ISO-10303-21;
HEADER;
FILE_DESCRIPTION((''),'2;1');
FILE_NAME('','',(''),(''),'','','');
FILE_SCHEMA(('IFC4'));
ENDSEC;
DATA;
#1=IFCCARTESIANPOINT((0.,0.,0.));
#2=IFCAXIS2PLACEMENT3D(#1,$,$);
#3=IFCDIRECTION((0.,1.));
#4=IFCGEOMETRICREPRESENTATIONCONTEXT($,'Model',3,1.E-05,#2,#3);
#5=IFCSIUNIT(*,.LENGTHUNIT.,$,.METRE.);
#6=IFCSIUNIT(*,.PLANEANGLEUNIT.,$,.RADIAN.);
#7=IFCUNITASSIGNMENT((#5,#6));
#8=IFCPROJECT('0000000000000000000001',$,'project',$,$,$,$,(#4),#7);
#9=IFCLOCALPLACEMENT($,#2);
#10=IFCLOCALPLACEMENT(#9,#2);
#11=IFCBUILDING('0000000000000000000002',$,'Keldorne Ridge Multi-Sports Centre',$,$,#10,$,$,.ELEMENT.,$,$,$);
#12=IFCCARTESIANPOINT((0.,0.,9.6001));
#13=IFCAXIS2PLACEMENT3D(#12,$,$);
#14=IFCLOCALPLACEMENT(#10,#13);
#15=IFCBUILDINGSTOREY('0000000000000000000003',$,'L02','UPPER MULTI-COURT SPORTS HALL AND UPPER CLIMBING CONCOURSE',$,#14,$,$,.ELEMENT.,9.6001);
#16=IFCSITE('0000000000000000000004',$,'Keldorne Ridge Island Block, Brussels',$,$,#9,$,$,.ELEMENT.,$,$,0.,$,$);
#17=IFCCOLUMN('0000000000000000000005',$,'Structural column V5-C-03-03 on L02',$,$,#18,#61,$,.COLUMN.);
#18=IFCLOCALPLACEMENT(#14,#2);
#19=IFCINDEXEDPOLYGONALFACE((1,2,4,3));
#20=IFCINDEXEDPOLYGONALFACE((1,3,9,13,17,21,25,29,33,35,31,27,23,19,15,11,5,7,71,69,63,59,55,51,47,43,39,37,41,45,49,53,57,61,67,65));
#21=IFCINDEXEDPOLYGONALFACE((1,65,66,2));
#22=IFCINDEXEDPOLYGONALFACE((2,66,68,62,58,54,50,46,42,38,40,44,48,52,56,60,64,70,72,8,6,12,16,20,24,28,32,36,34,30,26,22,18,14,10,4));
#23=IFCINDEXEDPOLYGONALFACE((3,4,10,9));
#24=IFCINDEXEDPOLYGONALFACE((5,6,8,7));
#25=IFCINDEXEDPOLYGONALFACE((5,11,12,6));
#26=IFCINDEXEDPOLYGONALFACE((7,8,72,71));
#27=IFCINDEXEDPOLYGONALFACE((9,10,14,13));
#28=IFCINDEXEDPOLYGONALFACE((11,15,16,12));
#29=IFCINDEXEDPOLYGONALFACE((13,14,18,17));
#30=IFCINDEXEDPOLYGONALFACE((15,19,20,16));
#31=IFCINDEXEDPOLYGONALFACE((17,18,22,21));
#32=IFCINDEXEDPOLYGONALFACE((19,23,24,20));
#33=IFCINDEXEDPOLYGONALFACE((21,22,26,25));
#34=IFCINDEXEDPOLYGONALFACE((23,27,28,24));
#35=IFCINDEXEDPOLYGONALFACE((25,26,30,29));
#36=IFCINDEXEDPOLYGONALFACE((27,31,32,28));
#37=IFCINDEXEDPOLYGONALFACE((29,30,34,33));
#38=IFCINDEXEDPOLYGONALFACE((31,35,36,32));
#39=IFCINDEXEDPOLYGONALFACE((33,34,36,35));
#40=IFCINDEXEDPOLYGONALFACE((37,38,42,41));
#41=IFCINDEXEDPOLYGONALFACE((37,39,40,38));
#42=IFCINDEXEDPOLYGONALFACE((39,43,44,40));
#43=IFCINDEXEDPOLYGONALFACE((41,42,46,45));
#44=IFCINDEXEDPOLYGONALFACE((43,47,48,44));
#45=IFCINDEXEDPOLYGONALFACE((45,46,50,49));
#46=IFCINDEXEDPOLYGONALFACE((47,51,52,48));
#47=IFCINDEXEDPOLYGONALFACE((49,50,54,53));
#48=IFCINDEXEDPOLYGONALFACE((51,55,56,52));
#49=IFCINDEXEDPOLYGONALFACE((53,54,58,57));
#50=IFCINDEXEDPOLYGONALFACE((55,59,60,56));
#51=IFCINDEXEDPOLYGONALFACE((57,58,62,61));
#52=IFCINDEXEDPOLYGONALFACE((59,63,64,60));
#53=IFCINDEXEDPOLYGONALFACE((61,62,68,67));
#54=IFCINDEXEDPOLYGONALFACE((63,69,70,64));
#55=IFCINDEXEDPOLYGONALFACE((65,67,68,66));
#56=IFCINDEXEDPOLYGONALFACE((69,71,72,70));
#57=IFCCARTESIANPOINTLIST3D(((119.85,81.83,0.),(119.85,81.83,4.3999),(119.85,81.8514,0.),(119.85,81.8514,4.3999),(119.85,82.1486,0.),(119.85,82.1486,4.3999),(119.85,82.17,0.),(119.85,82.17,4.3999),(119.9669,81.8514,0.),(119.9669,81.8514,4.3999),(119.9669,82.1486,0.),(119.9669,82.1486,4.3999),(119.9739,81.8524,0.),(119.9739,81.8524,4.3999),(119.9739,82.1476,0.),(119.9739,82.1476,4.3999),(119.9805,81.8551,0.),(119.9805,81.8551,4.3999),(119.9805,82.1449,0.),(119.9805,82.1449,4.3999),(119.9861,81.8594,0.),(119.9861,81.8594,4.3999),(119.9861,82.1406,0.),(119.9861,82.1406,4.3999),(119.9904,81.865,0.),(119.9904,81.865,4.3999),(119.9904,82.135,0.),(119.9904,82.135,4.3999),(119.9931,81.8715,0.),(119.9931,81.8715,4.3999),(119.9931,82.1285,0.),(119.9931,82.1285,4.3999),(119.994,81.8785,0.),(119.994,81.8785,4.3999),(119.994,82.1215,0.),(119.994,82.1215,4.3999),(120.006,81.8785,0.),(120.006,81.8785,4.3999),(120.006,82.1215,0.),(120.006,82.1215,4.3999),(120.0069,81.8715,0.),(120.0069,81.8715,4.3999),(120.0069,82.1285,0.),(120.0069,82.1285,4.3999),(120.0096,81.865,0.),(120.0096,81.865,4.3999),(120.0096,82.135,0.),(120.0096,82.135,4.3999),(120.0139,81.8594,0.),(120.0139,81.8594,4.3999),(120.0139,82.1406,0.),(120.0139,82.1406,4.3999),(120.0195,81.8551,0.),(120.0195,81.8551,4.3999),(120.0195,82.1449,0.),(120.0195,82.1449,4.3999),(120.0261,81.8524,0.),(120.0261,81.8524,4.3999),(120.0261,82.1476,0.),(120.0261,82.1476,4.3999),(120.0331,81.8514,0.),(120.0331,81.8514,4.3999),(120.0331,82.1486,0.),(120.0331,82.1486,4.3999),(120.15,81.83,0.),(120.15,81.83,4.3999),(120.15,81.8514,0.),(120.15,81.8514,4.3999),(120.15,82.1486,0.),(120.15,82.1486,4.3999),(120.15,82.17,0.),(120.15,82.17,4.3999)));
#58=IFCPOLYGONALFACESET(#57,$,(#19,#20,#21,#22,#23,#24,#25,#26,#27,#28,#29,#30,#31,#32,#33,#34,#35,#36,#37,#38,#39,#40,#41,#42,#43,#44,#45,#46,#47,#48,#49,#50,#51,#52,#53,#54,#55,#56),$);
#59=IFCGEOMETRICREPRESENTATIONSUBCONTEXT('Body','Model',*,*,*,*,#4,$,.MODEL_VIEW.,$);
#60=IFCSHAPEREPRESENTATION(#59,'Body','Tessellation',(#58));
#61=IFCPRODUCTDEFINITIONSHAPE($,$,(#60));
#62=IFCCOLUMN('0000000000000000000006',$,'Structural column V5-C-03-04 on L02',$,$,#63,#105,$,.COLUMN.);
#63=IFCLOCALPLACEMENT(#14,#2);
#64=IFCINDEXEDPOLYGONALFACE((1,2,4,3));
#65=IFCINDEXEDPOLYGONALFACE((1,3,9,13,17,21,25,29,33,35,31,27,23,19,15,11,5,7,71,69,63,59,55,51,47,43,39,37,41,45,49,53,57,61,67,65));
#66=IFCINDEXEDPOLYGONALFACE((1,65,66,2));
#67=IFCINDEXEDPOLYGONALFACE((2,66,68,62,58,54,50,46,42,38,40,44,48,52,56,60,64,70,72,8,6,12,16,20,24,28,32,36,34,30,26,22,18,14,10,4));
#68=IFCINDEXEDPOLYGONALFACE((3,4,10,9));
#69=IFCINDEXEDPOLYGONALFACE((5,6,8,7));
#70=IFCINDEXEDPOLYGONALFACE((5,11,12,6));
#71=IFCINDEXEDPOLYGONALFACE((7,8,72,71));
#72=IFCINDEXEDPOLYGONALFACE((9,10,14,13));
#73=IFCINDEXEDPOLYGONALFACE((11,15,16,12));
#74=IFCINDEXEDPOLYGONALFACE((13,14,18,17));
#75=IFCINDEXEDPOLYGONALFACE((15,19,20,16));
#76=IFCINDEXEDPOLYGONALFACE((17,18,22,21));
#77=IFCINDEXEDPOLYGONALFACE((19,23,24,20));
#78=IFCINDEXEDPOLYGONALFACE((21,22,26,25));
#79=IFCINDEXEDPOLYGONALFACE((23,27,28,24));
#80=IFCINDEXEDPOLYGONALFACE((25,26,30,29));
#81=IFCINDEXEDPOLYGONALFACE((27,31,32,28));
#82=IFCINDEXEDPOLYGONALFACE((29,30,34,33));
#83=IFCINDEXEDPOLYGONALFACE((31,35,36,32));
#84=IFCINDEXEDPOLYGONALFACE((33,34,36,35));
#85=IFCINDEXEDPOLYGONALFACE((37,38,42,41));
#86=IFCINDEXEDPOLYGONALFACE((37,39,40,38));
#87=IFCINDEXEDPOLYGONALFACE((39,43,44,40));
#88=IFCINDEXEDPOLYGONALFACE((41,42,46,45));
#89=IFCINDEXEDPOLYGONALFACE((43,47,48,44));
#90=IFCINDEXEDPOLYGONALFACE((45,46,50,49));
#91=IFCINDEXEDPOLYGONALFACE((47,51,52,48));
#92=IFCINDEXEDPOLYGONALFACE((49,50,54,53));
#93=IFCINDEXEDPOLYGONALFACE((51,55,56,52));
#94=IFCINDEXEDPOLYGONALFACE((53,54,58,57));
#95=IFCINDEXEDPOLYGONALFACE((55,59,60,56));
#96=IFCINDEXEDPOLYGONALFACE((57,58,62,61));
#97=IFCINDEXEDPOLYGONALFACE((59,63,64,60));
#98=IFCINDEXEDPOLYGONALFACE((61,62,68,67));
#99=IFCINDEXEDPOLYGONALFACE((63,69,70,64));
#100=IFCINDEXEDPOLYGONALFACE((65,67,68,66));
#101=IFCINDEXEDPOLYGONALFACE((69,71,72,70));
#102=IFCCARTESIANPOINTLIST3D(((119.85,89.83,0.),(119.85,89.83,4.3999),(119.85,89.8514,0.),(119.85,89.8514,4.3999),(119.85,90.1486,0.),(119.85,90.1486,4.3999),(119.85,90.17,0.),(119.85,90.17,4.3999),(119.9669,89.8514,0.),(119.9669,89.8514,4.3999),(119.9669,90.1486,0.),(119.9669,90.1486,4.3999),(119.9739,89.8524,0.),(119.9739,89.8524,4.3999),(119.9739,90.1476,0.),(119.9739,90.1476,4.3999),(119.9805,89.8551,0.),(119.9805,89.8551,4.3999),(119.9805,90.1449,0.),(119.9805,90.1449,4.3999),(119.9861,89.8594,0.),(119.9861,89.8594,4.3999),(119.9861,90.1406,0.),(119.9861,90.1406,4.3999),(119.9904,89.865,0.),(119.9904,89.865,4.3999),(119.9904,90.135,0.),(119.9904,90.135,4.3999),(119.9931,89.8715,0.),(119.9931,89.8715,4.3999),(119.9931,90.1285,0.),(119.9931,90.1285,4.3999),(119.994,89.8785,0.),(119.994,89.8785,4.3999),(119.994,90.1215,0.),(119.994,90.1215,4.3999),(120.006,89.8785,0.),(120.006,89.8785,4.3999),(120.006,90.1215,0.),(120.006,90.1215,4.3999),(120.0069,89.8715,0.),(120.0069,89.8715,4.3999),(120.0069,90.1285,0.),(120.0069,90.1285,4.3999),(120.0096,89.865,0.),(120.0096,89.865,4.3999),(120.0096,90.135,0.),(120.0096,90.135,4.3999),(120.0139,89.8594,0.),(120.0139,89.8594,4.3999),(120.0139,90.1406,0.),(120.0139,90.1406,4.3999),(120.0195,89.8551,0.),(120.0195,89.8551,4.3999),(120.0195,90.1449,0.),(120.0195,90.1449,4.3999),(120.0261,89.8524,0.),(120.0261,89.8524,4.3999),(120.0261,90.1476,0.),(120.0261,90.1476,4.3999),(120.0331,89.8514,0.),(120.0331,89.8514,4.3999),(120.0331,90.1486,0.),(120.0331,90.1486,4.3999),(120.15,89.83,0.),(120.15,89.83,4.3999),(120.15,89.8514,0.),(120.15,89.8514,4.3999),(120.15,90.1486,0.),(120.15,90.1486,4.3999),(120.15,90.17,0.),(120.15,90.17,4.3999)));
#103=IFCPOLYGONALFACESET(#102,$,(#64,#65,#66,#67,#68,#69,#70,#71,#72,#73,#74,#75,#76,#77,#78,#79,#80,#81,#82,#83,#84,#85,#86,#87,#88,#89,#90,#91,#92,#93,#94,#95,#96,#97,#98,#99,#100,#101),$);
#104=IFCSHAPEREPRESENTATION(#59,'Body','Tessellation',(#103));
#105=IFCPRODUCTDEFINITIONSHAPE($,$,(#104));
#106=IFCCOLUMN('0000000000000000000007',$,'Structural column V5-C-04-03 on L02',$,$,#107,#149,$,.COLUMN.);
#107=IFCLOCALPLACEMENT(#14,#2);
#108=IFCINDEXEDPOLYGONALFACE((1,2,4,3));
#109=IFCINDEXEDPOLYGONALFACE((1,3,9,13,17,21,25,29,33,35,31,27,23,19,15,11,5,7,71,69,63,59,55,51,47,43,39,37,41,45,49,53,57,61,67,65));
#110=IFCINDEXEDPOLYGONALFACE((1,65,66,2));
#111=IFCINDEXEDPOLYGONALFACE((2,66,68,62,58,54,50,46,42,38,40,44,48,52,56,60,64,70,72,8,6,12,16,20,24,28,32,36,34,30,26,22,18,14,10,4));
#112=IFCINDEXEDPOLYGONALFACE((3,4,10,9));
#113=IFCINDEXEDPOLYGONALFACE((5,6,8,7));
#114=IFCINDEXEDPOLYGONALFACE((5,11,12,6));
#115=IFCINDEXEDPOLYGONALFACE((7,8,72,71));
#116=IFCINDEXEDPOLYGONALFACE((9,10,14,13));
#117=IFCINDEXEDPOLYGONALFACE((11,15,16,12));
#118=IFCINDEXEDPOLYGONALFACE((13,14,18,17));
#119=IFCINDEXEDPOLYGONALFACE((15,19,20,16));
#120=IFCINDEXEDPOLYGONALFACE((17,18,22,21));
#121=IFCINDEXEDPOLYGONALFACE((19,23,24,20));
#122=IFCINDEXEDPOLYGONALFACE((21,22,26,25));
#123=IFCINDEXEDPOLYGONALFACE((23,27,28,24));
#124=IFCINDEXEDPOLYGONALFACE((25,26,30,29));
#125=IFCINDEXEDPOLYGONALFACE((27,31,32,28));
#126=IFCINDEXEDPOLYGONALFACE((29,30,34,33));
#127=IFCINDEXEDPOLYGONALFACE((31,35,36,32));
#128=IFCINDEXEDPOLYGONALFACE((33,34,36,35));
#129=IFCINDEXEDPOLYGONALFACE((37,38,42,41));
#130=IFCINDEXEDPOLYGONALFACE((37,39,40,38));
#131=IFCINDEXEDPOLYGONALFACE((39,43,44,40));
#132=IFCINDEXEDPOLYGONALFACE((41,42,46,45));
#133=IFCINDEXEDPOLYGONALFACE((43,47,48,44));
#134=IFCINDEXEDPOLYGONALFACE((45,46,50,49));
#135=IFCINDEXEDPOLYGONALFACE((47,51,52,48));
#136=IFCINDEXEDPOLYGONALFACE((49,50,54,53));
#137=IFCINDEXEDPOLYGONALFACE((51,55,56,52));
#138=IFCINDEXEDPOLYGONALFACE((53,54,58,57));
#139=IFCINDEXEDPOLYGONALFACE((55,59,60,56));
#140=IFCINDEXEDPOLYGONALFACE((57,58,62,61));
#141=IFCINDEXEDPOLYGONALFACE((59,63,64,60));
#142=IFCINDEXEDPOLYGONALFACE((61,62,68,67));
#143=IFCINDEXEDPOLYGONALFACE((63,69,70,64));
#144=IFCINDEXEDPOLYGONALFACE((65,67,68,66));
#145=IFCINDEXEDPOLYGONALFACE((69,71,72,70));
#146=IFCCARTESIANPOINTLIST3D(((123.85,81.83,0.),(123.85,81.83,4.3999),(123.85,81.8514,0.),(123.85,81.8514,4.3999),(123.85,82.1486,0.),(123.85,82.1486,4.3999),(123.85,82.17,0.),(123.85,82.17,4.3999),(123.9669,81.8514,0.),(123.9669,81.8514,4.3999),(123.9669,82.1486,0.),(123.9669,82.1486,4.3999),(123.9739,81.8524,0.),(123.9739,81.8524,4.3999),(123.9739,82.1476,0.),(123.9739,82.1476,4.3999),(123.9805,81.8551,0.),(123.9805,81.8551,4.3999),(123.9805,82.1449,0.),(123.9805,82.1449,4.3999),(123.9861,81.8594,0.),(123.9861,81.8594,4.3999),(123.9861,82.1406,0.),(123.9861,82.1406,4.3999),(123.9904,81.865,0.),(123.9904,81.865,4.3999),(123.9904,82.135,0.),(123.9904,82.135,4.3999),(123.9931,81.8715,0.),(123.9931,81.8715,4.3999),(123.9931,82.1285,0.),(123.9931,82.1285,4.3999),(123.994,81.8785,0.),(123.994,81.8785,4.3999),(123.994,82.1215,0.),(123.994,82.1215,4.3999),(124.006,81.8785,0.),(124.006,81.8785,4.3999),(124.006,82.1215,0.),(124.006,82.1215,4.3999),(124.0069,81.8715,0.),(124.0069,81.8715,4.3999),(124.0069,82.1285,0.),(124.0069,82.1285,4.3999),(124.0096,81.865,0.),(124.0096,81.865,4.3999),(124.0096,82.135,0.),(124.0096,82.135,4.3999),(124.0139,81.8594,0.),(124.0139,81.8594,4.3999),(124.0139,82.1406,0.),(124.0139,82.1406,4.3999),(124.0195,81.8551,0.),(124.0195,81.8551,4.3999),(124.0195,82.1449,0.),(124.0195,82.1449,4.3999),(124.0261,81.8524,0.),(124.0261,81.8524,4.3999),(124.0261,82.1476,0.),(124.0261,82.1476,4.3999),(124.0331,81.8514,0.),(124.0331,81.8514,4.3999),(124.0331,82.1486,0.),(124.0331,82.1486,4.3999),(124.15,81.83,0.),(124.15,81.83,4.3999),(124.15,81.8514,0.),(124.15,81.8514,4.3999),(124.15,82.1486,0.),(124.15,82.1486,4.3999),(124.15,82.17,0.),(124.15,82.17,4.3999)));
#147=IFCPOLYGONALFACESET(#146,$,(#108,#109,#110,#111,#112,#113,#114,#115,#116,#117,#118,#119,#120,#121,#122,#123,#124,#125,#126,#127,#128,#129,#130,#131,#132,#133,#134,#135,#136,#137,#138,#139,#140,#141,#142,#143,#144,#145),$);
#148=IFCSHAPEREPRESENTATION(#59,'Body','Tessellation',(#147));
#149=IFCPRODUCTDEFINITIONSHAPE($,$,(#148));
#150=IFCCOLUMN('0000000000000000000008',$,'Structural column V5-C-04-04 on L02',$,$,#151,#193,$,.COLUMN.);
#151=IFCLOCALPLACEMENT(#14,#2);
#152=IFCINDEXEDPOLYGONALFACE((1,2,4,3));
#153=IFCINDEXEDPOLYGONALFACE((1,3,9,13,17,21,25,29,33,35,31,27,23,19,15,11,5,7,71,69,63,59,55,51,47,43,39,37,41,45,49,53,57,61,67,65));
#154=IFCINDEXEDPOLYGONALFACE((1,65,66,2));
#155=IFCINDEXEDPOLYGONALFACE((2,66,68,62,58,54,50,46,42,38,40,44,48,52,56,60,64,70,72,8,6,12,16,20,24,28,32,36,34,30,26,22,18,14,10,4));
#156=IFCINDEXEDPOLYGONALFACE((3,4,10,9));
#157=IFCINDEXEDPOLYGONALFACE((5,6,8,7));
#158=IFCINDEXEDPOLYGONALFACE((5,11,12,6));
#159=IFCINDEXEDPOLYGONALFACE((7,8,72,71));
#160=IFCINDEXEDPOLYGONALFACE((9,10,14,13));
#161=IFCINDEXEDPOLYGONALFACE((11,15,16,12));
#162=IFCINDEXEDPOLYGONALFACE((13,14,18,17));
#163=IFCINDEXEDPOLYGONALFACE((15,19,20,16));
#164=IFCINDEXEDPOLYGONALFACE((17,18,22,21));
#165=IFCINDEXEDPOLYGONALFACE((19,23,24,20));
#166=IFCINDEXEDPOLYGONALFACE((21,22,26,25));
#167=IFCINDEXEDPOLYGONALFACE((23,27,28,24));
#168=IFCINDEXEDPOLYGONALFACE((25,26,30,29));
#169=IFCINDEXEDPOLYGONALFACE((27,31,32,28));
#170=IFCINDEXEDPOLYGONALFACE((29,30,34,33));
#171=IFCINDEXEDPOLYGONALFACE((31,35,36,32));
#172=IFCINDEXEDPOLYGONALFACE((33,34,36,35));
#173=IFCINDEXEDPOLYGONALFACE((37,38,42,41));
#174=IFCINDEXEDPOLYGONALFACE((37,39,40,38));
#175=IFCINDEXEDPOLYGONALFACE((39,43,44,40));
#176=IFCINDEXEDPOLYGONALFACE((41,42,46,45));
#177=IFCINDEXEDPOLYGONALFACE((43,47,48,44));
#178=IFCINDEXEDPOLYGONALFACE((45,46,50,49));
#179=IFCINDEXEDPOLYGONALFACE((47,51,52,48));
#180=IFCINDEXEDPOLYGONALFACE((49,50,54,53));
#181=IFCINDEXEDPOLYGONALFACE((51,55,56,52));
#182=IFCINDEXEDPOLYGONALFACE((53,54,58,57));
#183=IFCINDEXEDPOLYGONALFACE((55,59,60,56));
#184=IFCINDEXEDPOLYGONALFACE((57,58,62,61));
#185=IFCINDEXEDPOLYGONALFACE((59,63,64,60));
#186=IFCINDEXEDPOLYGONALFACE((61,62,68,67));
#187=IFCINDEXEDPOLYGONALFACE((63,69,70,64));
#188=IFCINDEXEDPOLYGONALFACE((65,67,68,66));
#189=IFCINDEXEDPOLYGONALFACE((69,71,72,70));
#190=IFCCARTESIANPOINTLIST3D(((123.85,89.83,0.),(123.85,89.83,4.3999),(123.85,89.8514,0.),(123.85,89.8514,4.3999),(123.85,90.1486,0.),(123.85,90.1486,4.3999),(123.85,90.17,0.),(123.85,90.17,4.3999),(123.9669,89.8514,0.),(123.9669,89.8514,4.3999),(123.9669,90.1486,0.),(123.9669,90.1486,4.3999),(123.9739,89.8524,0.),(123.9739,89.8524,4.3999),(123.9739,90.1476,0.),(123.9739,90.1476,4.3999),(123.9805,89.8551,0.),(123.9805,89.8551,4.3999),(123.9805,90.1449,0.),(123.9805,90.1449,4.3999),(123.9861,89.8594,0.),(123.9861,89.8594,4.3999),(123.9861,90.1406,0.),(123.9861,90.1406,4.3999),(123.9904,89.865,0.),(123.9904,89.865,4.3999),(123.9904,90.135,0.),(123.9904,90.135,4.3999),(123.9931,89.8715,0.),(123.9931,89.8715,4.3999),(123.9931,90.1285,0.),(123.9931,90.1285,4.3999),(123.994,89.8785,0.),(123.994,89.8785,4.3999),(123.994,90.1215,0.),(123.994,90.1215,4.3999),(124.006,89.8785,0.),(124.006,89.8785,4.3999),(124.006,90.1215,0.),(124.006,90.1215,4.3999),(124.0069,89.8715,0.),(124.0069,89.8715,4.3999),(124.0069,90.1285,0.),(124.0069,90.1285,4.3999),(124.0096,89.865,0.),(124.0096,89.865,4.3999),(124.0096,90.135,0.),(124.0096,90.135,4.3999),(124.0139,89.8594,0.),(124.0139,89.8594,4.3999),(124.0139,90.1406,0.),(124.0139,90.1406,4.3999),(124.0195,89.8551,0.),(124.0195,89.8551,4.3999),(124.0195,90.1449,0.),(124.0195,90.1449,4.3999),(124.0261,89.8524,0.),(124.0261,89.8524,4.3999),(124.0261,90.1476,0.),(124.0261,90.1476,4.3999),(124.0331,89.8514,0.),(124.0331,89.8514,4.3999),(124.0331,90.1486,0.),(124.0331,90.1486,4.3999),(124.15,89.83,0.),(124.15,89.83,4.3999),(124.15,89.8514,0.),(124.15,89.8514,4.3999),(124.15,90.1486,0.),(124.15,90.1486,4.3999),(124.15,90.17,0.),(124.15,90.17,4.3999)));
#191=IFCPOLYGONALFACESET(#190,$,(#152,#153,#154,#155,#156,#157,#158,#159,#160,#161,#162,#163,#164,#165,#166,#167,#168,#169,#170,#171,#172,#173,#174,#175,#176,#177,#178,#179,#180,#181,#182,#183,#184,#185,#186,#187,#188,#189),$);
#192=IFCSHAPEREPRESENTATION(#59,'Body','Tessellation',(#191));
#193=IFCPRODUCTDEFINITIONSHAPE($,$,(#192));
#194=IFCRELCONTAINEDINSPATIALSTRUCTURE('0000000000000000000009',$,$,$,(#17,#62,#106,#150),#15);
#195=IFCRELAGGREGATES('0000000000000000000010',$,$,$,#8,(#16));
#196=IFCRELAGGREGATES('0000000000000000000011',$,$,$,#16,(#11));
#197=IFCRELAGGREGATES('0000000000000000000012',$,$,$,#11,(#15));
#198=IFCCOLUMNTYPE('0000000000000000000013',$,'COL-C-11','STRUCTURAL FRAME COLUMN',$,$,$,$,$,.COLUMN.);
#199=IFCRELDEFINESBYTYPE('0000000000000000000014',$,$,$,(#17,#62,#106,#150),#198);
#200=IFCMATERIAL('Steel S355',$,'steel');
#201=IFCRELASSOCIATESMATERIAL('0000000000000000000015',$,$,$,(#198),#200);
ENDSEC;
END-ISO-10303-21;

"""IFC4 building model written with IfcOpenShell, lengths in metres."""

from ifc_helpers import new_model, si_unit, direction, frame, origin, origin_2d, place, context, subcontext, project, spatial, i_section, extrude, material, material_profile, profile_set, type_object, element, save


model = new_model("IFC4")

# Units and contexts
model_context = context("Model", 3, precision=1e-05, world=origin(), true_north=direction((0.0, 1.0)))
body_context = subcontext(model_context, "Body", "Model", "MODEL_VIEW")
ifc_project = project(units=[si_unit("LENGTHUNIT", "METRE"), si_unit("PLANEANGLEUNIT", "RADIAN")], contexts=[model_context])

# Site, building, storey
site_placement = place(None, origin())
site = spatial("IfcSite", under=ifc_project, at=site_placement, Name="Keldorne Ridge Island Block, Brussels", CompositionType="ELEMENT", RefElevation=0.0)
building_placement = place(site_placement, origin())
building = spatial("IfcBuilding", under=site, at=building_placement, Name="Keldorne Ridge Multi-Sports Centre", CompositionType="ELEMENT")
storey_placement = place(building_placement, frame((0.0, 0.0, 9.6001)))
storey = spatial("IfcBuildingStorey", under=building, at=storey_placement, Name="L02", Description="UPPER MULTI-COURT SPORTS HALL AND UPPER CLIMBING CONCOURSE", CompositionType="ELEMENT", Elevation=9.6001)

# Columns
ifc_material_1 = material(Name="Steel S355", Category="steel")
ifc_material_profile_1 = material_profile(ifc_material_1, i_section(OverallWidth=0.3, OverallDepth=0.3401, WebThickness=0.012, FlangeThickness=0.0215, FilletRadius=0.0271, at=origin_2d()), Name="HEB 340")
ifc_profile_set_1 = profile_set([ifc_material_profile_1], Name="Steel S355")
column_type = type_object("IfcColumnType", Name="COL-C-11", Description="STRUCTURAL FRAME COLUMN", PredefinedType="COLUMN", material=ifc_profile_set_1)
for number, where, z_axis, x_axis, name in (
    (1, (120.0, 82.0, 0.0), (0.0, 0.0, 1.0), (1.0, 0.0, 0.0), "Structural column V5-C-03-03 on L02"),
    (2, (120.0, 90.0, 0.0), (0.0, 0.0, 1.0), (1.0, 0.0, 0.0), "Structural column V5-C-03-04 on L02"),
    (3, (124.0, 82.0, 0.0), (0.0, 0.0, 1.0), (1.0, 0.0, 0.0), "Structural column V5-C-04-03 on L02"),
    (4, (124.0, 90.0, 0.0), (0.0, 0.0, 1.0), (1.0, 0.0, 0.0), "Structural column V5-C-04-04 on L02"),
):
    element("IfcColumn", number, at=place(storey_placement, frame(where, z_axis=z_axis, x_axis=x_axis)), inside=storey, type_object=column_type, Name=name, PredefinedType="COLUMN", context=body_context, shape_type="SweptSolid", body=[
        extrude(i_section(OverallWidth=0.3, OverallDepth=0.3401, WebThickness=0.012, FlangeThickness=0.0215, FilletRadius=0.0271, at=origin_2d()), origin(), (0.0, 0.0, 1.0), 4.3999),
    ])

save(model, "model.ifc")
